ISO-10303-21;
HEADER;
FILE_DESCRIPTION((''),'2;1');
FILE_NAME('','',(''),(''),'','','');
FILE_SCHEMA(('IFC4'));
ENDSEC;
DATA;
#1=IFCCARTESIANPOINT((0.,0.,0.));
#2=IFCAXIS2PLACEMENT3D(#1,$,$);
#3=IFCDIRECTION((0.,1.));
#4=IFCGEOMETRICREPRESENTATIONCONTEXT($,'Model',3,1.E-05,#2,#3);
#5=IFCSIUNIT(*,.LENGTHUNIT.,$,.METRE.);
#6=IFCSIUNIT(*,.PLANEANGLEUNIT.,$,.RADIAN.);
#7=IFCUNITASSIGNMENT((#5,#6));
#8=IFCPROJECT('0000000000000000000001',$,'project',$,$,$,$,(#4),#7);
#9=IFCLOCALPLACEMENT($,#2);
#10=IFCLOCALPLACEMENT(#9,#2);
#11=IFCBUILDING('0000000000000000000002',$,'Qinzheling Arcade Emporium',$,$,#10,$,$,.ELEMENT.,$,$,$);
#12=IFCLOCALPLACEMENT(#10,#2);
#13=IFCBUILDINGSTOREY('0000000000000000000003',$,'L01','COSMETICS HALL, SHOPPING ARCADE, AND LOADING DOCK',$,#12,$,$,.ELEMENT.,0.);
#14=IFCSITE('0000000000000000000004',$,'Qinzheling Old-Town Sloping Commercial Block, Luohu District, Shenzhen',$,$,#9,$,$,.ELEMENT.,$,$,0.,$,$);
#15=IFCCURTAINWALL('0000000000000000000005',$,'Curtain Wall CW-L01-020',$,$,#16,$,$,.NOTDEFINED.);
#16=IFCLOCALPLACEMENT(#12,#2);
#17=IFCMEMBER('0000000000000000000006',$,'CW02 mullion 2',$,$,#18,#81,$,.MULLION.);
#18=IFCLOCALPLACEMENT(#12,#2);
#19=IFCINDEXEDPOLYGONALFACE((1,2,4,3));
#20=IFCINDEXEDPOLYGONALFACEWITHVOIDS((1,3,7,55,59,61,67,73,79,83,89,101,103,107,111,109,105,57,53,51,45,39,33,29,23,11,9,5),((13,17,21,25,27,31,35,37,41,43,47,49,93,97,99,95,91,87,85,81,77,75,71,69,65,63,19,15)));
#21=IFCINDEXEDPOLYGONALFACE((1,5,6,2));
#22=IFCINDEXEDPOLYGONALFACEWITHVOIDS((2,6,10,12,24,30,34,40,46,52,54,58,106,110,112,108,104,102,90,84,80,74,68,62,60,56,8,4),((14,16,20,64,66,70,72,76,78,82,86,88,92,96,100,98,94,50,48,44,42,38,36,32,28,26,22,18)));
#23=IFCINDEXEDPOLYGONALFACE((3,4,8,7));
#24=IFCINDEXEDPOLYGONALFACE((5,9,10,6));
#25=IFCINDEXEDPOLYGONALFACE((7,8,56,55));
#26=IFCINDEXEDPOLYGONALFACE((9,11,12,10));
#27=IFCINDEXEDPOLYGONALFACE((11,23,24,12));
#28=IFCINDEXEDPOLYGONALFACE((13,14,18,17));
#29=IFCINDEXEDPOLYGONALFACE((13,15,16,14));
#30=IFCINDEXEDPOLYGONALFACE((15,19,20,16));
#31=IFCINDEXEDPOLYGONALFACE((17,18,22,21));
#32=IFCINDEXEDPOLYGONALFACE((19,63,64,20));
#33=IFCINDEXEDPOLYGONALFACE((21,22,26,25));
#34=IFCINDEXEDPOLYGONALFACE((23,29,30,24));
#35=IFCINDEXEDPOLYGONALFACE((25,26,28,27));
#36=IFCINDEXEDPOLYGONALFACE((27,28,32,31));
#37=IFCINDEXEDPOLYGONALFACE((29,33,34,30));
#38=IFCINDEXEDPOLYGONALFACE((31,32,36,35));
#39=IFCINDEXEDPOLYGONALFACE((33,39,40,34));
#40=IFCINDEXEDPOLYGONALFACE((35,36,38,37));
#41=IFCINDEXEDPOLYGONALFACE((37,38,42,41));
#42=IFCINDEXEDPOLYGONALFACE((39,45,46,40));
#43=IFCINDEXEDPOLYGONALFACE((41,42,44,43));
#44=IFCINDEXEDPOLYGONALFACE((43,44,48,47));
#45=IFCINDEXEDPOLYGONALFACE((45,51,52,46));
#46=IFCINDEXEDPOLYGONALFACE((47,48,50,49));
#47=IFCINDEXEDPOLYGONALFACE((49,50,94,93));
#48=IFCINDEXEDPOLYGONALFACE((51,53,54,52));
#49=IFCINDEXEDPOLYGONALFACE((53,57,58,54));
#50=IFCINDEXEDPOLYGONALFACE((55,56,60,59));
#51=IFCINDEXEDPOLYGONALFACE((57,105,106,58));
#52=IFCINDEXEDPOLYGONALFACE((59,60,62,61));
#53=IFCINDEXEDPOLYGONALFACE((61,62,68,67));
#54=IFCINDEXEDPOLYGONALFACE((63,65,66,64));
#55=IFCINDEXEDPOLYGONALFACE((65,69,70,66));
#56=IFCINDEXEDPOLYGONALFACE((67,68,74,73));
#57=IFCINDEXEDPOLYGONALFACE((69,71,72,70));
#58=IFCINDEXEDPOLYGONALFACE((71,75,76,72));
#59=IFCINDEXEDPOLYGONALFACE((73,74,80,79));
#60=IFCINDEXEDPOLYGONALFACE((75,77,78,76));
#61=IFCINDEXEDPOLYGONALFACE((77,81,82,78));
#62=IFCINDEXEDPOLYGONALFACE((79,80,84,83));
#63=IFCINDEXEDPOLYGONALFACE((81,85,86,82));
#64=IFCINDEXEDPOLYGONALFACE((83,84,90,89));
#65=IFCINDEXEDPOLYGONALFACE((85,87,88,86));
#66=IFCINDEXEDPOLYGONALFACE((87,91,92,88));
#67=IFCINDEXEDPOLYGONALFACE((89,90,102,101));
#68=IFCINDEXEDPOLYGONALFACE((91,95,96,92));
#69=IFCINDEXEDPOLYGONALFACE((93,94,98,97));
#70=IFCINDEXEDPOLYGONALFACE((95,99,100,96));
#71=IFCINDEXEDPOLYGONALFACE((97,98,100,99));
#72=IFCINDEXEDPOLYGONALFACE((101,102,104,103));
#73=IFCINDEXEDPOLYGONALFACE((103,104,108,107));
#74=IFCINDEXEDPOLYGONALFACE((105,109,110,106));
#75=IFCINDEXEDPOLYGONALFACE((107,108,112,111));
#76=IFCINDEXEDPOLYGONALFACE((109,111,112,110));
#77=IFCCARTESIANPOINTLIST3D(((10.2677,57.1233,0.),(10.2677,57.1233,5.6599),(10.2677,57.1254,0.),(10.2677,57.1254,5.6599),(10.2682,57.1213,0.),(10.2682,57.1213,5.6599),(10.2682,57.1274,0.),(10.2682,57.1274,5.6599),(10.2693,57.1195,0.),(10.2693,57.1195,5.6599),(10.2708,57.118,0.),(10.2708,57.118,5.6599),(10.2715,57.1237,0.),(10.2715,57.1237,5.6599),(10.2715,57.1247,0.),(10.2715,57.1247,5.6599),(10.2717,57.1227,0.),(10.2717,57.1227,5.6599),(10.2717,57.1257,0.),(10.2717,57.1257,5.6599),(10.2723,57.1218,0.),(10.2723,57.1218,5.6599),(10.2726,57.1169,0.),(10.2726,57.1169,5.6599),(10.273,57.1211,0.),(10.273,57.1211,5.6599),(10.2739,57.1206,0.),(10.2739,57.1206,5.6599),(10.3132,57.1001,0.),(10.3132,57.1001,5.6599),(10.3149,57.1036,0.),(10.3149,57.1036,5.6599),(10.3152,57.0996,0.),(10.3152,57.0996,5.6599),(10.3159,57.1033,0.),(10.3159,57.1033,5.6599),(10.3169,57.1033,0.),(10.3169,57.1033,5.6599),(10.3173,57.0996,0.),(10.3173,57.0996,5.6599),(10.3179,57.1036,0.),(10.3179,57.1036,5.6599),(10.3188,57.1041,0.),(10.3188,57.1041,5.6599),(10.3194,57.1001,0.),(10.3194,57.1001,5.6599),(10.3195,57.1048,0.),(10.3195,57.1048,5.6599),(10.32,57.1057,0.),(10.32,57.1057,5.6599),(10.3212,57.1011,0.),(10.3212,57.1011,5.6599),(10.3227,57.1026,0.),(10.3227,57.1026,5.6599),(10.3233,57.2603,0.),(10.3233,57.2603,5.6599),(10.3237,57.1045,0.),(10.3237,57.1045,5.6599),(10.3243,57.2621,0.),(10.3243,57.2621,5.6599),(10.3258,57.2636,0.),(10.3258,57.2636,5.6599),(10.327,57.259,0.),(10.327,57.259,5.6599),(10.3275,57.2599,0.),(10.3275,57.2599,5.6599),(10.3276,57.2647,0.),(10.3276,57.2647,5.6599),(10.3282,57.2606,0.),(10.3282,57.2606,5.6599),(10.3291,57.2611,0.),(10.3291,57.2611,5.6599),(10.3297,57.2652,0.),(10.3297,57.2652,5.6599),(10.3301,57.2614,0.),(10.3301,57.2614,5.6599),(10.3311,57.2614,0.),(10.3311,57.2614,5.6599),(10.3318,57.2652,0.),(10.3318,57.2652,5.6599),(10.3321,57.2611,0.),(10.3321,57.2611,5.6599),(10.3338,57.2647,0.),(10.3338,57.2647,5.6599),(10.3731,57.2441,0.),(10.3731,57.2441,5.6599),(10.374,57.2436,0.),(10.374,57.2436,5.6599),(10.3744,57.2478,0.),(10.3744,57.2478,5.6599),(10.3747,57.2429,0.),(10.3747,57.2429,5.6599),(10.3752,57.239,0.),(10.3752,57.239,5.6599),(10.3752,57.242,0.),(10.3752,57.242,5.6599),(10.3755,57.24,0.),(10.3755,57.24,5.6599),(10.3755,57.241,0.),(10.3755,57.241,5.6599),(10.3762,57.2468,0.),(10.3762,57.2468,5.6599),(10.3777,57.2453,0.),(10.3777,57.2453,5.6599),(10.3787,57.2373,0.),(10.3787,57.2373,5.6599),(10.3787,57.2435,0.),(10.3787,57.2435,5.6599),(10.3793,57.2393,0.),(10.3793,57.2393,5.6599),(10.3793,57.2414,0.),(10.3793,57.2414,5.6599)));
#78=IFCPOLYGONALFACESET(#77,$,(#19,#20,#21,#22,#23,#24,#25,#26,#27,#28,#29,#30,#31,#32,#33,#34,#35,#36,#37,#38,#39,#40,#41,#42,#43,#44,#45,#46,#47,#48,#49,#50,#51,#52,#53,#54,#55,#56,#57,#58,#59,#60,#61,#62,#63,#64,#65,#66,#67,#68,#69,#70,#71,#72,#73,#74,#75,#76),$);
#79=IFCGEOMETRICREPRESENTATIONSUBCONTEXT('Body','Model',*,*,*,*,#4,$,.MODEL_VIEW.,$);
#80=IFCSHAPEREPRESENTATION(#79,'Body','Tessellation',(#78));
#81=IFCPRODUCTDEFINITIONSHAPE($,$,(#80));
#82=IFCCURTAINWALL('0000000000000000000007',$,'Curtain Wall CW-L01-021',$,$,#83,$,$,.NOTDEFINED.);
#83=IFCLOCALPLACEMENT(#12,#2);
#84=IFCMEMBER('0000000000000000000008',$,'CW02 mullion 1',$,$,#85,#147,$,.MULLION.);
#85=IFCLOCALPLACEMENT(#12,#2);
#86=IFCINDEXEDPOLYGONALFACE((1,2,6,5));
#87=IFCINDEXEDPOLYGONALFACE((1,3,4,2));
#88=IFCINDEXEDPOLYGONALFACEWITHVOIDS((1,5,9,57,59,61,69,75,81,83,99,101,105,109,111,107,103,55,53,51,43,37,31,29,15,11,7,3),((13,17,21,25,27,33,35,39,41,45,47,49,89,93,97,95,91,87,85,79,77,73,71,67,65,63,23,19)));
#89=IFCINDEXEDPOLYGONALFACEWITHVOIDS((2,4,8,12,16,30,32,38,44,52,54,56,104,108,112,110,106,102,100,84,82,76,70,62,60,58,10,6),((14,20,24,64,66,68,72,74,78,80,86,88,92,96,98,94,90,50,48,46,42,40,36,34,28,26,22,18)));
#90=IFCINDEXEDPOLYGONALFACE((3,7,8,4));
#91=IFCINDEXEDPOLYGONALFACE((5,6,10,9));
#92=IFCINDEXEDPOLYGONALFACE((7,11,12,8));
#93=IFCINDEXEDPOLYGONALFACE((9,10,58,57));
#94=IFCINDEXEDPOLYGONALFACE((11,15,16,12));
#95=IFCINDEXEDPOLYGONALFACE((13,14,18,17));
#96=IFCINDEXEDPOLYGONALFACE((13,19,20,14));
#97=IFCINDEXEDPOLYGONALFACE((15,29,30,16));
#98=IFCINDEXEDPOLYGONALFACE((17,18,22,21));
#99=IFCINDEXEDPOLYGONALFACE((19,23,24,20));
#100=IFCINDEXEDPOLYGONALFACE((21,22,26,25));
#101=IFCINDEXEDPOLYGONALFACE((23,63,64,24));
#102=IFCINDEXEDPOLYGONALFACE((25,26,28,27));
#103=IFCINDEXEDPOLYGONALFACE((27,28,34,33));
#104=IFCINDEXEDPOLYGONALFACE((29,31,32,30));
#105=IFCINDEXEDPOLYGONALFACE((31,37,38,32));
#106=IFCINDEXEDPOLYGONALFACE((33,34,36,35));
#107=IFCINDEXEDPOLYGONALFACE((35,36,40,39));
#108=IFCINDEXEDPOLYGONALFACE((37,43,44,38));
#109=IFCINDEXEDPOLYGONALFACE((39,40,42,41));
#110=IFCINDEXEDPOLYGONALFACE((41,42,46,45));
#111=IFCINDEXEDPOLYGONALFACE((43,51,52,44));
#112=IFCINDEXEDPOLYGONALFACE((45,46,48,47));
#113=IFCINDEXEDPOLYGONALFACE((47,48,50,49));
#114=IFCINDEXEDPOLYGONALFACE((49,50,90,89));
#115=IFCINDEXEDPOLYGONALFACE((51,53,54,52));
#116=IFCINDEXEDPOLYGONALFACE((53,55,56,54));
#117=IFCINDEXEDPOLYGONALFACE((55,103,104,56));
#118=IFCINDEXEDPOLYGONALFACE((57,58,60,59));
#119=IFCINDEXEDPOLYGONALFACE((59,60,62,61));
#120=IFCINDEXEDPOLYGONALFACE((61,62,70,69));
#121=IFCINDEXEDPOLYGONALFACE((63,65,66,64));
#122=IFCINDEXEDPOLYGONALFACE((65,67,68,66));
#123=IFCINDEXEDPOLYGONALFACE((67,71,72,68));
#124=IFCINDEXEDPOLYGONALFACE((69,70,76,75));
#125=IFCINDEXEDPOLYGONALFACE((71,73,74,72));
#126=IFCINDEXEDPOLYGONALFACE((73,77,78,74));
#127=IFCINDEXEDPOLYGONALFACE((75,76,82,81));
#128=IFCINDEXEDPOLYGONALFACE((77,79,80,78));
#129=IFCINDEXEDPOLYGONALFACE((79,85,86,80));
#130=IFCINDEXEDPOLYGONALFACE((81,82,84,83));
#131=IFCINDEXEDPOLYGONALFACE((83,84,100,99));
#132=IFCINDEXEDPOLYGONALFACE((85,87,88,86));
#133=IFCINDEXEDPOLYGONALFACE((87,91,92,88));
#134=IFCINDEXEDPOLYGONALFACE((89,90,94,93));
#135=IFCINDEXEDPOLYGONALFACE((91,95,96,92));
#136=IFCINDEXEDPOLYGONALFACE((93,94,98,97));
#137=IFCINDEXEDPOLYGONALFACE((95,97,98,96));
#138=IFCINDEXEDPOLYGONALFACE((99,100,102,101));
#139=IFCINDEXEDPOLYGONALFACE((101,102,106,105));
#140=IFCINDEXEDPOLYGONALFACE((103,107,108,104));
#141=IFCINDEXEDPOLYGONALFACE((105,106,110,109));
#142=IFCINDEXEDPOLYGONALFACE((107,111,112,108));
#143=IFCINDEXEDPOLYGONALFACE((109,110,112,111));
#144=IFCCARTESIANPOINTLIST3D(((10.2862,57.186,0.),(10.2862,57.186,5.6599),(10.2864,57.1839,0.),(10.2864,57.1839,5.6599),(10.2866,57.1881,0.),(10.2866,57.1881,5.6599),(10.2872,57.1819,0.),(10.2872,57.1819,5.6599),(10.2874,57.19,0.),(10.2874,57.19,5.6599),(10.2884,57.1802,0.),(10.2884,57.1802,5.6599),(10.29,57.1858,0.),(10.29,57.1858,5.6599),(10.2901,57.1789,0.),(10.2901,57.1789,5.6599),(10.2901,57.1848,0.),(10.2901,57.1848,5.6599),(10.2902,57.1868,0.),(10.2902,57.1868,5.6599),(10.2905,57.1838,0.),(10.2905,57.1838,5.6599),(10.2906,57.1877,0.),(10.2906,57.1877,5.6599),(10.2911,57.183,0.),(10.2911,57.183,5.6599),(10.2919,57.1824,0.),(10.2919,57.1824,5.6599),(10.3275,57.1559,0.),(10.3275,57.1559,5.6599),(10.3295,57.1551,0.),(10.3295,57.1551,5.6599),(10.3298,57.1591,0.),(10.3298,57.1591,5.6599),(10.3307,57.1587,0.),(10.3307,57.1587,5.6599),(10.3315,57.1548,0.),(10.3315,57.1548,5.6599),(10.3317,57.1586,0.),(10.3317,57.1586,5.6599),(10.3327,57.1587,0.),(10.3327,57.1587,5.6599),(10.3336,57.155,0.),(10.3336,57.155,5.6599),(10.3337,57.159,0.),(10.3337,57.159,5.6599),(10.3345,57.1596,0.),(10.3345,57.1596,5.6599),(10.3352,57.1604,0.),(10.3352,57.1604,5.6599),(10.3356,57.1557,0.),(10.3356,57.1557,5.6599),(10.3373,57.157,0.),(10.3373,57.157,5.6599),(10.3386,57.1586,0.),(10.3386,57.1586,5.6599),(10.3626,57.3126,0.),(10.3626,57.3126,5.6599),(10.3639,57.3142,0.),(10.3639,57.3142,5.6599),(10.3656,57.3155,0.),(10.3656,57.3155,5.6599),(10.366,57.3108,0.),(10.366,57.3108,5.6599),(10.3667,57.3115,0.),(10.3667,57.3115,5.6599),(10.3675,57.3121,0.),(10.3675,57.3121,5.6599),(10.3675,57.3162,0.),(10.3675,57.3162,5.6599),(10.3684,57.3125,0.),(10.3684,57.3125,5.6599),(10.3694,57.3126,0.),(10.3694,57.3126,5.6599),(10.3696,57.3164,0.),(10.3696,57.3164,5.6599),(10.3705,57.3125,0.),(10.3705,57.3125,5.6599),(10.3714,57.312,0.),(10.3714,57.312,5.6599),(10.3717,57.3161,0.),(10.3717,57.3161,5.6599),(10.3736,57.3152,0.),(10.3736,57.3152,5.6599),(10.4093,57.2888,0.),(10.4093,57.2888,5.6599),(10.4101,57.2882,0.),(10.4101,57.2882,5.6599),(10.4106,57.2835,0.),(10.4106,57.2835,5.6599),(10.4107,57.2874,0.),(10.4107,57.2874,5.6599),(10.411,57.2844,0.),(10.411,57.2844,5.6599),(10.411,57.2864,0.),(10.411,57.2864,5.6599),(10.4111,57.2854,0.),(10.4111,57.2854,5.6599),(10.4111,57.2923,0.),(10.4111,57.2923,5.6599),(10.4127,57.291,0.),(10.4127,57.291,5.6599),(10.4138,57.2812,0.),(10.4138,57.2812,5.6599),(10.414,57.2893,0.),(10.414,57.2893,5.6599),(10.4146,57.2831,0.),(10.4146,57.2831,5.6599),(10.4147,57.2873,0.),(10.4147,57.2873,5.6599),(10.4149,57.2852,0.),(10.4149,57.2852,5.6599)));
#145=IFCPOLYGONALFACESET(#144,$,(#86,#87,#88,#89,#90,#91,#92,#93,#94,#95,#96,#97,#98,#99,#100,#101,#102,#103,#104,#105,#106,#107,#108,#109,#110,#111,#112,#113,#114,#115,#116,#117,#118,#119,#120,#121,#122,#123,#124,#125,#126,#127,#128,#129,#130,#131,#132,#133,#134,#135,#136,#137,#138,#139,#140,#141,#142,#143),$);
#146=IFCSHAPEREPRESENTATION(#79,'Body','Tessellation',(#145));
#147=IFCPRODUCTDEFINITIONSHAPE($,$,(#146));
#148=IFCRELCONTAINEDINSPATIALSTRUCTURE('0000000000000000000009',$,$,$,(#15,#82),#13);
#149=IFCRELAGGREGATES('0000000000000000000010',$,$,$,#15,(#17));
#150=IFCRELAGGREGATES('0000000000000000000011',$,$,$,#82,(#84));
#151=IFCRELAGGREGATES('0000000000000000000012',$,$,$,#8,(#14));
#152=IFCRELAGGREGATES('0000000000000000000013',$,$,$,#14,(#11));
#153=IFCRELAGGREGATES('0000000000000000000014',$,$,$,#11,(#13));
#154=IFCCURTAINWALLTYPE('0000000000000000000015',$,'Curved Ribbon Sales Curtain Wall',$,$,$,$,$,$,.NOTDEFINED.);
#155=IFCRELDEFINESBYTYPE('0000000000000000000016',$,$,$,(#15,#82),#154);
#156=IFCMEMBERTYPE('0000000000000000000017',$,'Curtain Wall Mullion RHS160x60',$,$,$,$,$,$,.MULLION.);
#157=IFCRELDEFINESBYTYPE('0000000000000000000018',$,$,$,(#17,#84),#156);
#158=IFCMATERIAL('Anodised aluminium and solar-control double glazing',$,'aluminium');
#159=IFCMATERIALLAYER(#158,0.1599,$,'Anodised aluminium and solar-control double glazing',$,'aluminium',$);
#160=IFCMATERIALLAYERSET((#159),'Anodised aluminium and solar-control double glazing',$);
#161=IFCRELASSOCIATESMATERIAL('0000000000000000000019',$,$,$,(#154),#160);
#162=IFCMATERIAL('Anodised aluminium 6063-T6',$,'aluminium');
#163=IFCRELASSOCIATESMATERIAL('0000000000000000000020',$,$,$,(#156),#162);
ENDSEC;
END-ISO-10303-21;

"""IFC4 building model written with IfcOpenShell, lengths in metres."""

from ifc_helpers import new_model, si_unit, direction, frame, origin, origin_2d, place, context, subcontext, project, spatial, hollow_rectangle, extrude, material, layer, layer_set, material_profile, profile_set, type_object, element, aggregate, save


model = new_model("IFC4")

# Units and contexts
model_context = context("Model", 3, precision=1e-05, world=origin(), true_north=direction((0.0, 1.0)))
body_context = subcontext(model_context, "Body", "Model", "MODEL_VIEW")
ifc_project = project(units=[si_unit("LENGTHUNIT", "METRE"), si_unit("PLANEANGLEUNIT", "RADIAN")], contexts=[model_context])

# Site, building, storey
site_placement = place(None, origin())
site = spatial("IfcSite", under=ifc_project, at=site_placement, Name="Qinzheling Old-Town Sloping Commercial Block, Luohu District, Shenzhen", CompositionType="ELEMENT", RefElevation=0.0)
building_placement = place(site_placement, origin())
building = spatial("IfcBuilding", under=site, at=building_placement, Name="Qinzheling Arcade Emporium", CompositionType="ELEMENT")
storey_placement = place(building_placement, origin())
storey = spatial("IfcBuildingStorey", under=building, at=storey_placement, Name="L01", Description="COSMETICS HALL, SHOPPING ARCADE, AND LOADING DOCK", CompositionType="ELEMENT", Elevation=0.0)

# Curtain wall, member
ifc_material_1 = material(Name="Anodised aluminium and solar-control double glazing", Category="aluminium")
ifc_layer_1 = layer(ifc_material_1, 0.1599, Name="Anodised aluminium and solar-control double glazing", Category="aluminium")
ifc_layer_set_1 = layer_set([ifc_layer_1], Name="Anodised aluminium and solar-control double glazing")
curtain_wall_type = type_object("IfcCurtainWallType", Name="Curved Ribbon Sales Curtain Wall", PredefinedType="NOTDEFINED", material=ifc_layer_set_1)
curtain_wall_1_placement = place(storey_placement, origin())
curtain_wall_1 = element("IfcCurtainWall", 1, at=curtain_wall_1_placement, inside=storey, type_object=curtain_wall_type, Name="Curtain Wall CW-L01-020", PredefinedType="NOTDEFINED")
ifc_material_2 = material(Name="Anodised aluminium 6063-T6", Category="aluminium")
ifc_material_profile_1 = material_profile(ifc_material_2, hollow_rectangle(XDim=0.0601, YDim=0.1599, WallThickness=0.0039, InnerFilletRadius=0.0039, OuterFilletRadius=0.0081, at=origin_2d()), Name="RHS 160x60x4", Category="aluminium")
ifc_profile_set_1 = profile_set([ifc_material_profile_1], Name="Anodised aluminium 6063-T6")
member_type_1 = type_object("IfcMemberType", Name="Curtain Wall Mullion RHS160x60", PredefinedType="MULLION", material=ifc_profile_set_1)
member_1_placement = place(storey_placement, frame((10.3235, 57.1824, 0.0), z_axis=(0.0, 0.0, 1.0), x_axis=(-0.923867, 0.382714, 0.0)))
member_1 = element("IfcMember", 2, at=member_1_placement, type_object=member_type_1, Name="CW02 mullion 2", PredefinedType="MULLION", context=body_context, shape_type="SweptSolid", body=[
    extrude(hollow_rectangle(XDim=0.0601, YDim=0.1599, WallThickness=0.0039, InnerFilletRadius=0.0039, OuterFilletRadius=0.0081, at=origin_2d()), origin(), (0.0, 0.0, 1.0), 5.6599),
])

# Curtain wall, member
curtain_wall_2_placement = place(storey_placement, origin())
curtain_wall_2 = element("IfcCurtainWall", 3, at=curtain_wall_2_placement, inside=storey, type_object=curtain_wall_type, Name="Curtain Wall CW-L01-021", PredefinedType="NOTDEFINED")
member_2_placement = place(storey_placement, frame((10.3506, 57.2356, 0.0), z_axis=(0.0, 0.0, 1.0), x_axis=(-0.85262, 0.522532, 0.0)))
member_2 = element("IfcMember", 4, at=member_2_placement, type_object=member_type_1, Name="CW02 mullion 1", PredefinedType="MULLION", context=body_context, shape_type="SweptSolid", body=[
    extrude(hollow_rectangle(XDim=0.0601, YDim=0.1599, WallThickness=0.0039, InnerFilletRadius=0.0039, OuterFilletRadius=0.0081, at=origin_2d()), origin(), (0.0, 0.0, 1.0), 5.6599),
])

aggregate(curtain_wall_1, [member_1])
aggregate(curtain_wall_2, [member_2])

save(model, "model.ifc")
